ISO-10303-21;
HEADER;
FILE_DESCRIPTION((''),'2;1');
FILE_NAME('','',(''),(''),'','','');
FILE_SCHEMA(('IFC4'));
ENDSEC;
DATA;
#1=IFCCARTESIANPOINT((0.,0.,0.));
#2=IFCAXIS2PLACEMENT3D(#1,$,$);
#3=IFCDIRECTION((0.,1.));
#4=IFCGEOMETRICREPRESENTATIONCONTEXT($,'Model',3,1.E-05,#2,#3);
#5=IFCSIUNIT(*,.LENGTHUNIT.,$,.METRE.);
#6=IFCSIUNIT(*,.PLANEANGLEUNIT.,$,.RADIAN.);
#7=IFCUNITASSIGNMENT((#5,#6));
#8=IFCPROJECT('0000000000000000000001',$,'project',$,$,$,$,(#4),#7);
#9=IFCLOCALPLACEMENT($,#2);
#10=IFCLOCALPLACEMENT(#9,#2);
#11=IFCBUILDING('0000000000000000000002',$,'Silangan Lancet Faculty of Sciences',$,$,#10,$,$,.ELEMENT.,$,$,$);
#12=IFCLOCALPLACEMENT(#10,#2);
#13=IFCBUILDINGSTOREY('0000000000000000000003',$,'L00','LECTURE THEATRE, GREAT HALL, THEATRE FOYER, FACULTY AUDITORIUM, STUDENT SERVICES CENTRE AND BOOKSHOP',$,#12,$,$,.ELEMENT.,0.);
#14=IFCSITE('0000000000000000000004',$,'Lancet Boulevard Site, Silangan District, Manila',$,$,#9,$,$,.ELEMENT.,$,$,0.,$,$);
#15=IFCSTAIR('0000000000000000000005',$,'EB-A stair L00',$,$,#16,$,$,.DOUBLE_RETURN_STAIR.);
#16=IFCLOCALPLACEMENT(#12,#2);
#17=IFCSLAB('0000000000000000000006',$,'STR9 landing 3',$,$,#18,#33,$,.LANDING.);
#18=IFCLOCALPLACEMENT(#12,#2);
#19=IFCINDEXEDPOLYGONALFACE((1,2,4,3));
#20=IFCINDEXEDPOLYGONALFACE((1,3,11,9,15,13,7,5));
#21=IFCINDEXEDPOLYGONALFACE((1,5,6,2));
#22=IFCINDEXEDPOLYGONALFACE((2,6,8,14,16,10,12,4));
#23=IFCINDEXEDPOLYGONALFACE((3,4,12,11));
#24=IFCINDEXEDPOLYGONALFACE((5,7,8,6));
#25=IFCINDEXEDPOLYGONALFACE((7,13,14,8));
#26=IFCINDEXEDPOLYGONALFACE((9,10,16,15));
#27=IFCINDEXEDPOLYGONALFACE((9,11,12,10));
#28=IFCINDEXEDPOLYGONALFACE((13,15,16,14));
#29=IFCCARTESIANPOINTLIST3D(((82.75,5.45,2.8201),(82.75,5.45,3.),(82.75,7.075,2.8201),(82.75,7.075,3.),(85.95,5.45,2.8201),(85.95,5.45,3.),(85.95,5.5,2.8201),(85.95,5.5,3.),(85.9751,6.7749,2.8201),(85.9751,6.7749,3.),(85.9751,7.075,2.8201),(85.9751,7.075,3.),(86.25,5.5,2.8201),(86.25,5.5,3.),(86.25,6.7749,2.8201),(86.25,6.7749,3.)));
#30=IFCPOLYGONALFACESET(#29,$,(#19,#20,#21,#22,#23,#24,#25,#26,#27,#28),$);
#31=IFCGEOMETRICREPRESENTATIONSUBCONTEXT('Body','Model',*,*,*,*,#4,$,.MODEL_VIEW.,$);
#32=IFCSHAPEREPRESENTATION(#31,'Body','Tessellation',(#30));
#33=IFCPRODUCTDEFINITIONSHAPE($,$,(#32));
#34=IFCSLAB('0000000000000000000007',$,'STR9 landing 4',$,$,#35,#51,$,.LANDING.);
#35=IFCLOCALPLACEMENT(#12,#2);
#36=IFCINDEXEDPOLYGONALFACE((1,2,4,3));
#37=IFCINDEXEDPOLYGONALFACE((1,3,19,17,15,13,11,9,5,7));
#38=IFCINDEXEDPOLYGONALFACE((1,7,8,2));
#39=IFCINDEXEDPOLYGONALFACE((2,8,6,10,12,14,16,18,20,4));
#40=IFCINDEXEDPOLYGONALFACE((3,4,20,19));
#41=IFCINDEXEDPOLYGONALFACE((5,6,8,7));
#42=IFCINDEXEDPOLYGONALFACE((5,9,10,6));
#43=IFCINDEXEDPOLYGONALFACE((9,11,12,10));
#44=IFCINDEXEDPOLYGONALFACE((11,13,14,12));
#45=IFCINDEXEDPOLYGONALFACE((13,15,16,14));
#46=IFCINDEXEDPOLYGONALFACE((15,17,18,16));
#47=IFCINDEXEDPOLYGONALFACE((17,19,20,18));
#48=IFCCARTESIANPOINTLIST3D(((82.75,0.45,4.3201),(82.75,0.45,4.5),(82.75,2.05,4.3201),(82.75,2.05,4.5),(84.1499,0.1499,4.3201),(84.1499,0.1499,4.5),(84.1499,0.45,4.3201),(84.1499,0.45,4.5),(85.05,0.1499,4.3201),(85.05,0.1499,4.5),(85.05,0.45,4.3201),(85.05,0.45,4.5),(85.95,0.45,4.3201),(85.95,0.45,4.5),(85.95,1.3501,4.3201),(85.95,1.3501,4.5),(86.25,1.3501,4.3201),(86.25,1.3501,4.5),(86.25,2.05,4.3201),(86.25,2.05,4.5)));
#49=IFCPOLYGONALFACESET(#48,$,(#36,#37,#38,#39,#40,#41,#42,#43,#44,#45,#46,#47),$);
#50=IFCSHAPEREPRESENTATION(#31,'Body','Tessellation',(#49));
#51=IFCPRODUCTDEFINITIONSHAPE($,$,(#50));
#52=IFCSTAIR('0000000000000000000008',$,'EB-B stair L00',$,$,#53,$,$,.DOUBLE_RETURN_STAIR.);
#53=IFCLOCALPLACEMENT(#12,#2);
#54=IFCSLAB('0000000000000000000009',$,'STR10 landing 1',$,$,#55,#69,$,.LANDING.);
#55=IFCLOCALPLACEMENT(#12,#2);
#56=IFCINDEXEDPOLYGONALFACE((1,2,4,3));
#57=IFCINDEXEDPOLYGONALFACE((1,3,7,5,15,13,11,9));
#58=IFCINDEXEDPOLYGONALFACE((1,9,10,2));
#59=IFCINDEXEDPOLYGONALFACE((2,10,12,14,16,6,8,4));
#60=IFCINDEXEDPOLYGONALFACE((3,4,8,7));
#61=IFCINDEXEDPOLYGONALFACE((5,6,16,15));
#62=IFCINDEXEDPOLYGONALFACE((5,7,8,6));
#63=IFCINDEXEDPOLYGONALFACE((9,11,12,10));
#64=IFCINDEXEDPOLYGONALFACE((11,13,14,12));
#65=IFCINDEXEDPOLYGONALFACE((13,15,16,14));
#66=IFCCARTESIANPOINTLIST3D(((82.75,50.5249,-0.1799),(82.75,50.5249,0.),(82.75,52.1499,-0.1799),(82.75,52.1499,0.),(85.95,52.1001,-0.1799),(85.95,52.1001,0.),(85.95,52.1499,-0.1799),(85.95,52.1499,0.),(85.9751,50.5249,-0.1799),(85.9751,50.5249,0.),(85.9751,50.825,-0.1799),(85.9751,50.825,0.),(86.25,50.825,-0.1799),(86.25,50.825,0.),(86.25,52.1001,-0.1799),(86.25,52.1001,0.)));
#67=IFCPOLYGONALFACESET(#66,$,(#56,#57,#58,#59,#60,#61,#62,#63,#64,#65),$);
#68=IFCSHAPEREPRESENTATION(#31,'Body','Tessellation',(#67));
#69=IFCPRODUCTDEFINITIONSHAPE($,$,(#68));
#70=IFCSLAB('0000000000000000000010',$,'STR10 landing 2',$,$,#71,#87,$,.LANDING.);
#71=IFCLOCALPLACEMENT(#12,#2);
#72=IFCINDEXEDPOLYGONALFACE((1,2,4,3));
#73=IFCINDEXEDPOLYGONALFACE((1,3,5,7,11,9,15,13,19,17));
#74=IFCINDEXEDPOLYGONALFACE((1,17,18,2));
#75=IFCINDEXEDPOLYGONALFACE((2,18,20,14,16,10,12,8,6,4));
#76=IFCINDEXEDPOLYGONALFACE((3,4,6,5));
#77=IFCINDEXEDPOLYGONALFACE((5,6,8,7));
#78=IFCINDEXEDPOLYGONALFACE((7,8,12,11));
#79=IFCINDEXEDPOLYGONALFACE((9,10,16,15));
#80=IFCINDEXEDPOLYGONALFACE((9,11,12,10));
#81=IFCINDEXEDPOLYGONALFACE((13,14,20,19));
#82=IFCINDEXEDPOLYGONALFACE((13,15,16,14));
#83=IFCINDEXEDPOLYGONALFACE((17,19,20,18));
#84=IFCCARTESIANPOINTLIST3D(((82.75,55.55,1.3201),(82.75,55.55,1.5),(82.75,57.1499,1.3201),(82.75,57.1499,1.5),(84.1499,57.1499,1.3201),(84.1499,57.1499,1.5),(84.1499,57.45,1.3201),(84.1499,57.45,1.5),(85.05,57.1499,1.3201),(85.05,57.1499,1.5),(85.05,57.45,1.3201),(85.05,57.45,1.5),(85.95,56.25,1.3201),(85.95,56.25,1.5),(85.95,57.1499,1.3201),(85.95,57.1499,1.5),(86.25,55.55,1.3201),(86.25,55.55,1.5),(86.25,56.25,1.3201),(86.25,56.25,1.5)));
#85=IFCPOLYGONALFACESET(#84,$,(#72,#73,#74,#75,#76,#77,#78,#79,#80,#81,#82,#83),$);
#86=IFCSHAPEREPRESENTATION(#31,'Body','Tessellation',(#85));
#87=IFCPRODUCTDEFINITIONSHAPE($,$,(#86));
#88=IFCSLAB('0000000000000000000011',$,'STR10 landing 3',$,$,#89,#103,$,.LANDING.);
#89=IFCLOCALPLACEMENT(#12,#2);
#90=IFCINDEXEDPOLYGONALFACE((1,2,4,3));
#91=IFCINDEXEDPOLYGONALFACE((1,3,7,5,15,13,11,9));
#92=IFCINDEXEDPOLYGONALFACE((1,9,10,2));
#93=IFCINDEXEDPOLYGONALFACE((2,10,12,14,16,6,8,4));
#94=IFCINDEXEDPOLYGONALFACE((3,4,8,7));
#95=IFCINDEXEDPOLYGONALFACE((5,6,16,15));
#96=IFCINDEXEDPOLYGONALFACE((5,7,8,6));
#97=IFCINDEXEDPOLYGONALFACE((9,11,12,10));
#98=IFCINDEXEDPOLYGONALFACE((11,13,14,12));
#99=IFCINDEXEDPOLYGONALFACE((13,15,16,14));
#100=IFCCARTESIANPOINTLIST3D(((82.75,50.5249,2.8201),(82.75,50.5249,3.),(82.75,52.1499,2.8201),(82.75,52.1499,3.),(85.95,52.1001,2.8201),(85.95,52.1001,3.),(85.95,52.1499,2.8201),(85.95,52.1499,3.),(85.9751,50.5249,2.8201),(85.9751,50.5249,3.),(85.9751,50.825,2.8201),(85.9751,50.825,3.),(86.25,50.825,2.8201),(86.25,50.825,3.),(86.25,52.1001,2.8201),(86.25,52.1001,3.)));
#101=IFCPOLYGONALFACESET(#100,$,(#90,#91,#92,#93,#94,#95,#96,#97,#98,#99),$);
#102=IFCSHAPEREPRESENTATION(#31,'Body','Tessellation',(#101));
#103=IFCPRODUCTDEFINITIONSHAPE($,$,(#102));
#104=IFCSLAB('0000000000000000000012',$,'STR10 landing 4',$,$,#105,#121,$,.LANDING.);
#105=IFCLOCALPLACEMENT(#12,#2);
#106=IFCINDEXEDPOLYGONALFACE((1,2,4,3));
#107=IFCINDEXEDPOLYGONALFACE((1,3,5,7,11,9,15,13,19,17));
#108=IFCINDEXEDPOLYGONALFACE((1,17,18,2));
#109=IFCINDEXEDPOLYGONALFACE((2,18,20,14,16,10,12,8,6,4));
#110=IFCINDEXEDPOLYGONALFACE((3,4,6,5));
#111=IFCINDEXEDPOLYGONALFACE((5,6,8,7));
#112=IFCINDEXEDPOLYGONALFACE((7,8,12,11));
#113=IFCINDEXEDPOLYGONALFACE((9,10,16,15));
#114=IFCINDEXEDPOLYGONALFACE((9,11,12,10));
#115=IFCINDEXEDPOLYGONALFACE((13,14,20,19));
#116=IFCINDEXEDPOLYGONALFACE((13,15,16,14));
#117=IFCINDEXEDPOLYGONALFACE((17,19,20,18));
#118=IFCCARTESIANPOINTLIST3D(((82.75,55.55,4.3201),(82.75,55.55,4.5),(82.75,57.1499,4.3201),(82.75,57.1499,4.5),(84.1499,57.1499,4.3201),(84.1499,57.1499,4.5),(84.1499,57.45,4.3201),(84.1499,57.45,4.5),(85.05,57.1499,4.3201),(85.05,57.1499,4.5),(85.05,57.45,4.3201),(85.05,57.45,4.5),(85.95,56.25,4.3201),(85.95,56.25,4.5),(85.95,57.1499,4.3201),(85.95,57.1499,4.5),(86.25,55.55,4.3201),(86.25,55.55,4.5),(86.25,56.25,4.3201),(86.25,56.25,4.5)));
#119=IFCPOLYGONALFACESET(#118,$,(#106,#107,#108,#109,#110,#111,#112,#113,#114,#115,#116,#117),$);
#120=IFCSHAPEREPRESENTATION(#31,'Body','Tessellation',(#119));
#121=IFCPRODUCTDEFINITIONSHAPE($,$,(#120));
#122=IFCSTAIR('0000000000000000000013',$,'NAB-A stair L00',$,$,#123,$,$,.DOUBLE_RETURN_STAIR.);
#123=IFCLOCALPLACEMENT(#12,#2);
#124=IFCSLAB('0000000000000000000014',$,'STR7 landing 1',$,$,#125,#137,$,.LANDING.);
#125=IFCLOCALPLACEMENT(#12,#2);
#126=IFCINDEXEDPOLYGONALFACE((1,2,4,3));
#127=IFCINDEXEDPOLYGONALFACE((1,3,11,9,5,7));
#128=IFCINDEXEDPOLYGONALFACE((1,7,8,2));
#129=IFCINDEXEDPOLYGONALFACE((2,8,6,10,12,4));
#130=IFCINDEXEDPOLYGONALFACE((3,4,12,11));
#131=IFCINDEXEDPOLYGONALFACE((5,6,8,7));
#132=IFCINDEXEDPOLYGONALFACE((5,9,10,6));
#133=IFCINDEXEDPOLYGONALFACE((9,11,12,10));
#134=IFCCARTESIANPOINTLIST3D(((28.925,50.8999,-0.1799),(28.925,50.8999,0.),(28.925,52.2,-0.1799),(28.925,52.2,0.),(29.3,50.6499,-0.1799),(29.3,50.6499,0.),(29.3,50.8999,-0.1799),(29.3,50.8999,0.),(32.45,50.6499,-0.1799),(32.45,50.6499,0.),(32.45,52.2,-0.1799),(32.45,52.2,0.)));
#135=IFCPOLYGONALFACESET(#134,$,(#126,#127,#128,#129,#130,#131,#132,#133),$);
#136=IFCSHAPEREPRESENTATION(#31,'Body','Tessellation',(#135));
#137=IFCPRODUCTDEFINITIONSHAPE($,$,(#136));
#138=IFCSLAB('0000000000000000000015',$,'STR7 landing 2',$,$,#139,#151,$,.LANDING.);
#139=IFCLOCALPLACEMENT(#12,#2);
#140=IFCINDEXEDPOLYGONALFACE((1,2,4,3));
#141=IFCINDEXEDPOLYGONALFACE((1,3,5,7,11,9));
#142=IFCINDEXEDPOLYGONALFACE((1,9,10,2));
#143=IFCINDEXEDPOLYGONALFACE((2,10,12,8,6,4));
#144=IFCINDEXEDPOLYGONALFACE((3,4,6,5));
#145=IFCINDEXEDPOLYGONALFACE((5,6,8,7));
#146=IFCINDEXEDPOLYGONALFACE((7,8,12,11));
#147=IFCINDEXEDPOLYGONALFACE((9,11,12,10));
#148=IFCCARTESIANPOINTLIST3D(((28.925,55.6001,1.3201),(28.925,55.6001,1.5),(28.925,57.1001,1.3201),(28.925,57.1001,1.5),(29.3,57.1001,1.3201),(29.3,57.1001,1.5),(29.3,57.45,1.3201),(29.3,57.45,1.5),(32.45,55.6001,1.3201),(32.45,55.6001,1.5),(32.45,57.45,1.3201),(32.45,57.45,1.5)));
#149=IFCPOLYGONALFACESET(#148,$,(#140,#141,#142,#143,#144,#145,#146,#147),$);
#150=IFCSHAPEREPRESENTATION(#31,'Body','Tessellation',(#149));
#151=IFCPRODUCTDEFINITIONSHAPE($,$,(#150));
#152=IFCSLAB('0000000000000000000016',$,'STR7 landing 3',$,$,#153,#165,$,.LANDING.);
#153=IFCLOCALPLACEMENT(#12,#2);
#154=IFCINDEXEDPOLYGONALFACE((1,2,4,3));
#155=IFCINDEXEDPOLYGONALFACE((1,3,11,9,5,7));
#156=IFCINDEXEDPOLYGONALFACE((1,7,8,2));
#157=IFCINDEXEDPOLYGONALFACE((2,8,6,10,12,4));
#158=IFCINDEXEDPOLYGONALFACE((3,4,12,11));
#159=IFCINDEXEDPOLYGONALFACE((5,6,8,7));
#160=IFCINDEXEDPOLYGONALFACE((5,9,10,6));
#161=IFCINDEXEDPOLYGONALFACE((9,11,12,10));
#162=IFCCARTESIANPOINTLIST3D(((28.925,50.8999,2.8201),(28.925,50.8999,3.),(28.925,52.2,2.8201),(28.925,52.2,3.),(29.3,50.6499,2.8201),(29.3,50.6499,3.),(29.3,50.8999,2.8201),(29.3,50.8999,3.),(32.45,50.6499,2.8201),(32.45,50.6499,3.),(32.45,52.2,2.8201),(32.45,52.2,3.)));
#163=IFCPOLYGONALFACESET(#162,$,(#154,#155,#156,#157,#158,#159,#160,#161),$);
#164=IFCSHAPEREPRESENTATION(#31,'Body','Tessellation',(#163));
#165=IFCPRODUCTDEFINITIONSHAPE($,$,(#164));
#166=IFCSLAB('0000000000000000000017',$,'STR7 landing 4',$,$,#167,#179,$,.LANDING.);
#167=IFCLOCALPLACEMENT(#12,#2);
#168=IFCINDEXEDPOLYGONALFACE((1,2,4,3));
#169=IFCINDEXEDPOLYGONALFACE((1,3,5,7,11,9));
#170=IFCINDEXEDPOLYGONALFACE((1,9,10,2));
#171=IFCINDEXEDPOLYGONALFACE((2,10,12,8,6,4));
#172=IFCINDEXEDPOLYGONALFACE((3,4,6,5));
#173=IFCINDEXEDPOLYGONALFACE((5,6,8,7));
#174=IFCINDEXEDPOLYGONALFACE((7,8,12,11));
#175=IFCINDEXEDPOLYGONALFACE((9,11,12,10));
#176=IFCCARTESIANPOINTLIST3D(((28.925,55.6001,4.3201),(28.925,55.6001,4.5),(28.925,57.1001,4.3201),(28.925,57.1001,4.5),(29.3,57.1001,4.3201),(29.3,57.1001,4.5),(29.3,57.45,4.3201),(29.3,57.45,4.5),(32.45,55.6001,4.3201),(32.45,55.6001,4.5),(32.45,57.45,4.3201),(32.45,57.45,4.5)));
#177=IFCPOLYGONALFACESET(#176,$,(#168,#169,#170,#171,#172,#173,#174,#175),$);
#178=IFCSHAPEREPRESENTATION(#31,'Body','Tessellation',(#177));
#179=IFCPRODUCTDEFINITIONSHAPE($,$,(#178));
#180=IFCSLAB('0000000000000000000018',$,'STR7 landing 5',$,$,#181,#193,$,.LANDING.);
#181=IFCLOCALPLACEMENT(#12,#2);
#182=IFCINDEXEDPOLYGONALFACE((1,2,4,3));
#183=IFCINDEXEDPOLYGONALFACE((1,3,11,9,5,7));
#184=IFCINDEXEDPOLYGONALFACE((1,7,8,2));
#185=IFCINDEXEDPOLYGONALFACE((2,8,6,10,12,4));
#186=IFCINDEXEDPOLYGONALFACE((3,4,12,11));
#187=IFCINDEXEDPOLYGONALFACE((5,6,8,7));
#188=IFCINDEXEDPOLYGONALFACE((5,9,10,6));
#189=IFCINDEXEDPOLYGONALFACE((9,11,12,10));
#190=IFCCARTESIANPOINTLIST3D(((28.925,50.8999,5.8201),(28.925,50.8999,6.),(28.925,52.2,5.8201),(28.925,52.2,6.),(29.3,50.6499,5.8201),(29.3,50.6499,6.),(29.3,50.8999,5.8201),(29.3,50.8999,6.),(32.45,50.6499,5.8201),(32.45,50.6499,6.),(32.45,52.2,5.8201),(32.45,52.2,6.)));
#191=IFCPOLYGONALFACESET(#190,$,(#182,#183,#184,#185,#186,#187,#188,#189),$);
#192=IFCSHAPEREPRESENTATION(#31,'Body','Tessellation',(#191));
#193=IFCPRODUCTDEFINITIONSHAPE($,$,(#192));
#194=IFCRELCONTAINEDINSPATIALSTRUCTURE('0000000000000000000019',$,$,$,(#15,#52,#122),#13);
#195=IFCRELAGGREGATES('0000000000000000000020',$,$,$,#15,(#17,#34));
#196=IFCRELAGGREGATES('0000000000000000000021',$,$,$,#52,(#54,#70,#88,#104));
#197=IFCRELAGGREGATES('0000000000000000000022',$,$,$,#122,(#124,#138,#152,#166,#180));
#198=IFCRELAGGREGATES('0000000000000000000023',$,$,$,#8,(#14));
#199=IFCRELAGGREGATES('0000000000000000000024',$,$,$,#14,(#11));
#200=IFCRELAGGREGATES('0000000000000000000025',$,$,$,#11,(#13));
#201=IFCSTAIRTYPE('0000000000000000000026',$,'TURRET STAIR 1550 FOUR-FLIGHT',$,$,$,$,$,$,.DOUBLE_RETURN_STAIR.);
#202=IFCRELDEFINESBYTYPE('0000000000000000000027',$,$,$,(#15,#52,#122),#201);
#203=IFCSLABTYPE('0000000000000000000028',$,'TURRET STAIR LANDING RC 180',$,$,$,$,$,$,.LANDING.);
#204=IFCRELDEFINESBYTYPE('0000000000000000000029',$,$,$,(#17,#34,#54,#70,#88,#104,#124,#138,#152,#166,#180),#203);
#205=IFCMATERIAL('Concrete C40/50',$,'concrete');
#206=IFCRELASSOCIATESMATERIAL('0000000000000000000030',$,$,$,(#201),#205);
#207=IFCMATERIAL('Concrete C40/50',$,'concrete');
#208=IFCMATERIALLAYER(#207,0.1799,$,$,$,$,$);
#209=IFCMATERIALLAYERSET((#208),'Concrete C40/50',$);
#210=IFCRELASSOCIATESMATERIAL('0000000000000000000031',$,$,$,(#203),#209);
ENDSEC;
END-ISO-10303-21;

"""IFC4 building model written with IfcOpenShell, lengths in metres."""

from ifc_helpers import new_model, si_unit, direction, frame, origin, place, context, subcontext, project, spatial, polyline, outline, extrude, material, layer, layer_set, type_object, element, aggregate, save


model = new_model("IFC4")

# Units and contexts
model_context = context("Model", 3, precision=1e-05, world=origin(), true_north=direction((0.0, 1.0)))
body_context = subcontext(model_context, "Body", "Model", "MODEL_VIEW")
ifc_project = project(units=[si_unit("LENGTHUNIT", "METRE"), si_unit("PLANEANGLEUNIT", "RADIAN")], contexts=[model_context])

# Site, building, storey
site_placement = place(None, origin())
site = spatial("IfcSite", under=ifc_project, at=site_placement, Name="Lancet Boulevard Site, Silangan District, Manila", CompositionType="ELEMENT", RefElevation=0.0)
building_placement = place(site_placement, origin())
building = spatial("IfcBuilding", under=site, at=building_placement, Name="Silangan Lancet Faculty of Sciences", CompositionType="ELEMENT")
storey_placement = place(building_placement, origin())
storey = spatial("IfcBuildingStorey", under=building, at=storey_placement, Name="L00", Description="LECTURE THEATRE, GREAT HALL, THEATRE FOYER, FACULTY AUDITORIUM, STUDENT SERVICES CENTRE AND BOOKSHOP", CompositionType="ELEMENT", Elevation=0.0)

# Stairs, slabs
ifc_material_1 = material(Name="Concrete C40/50", Category="concrete")
stair_type = type_object("IfcStairType", Name="TURRET STAIR 1550 FOUR-FLIGHT", PredefinedType="DOUBLE_RETURN_STAIR", material=ifc_material_1)
stair_1_placement = place(storey_placement, origin())
stair_1 = element("IfcStair", 1, at=stair_1_placement, inside=storey, type_object=stair_type, Name="EB-A stair L00", PredefinedType="DOUBLE_RETURN_STAIR")
ifc_material_2 = material(Name="Concrete C40/50", Category="concrete")
ifc_layer_1 = layer(ifc_material_2, 0.1799)
ifc_layer_set_1 = layer_set([ifc_layer_1], Name="Concrete C40/50")
slab_type_1 = type_object("IfcSlabType", Name="TURRET STAIR LANDING RC 180", PredefinedType="LANDING", material=ifc_layer_set_1)
slab_1_placement = place(storey_placement, frame((0.0, 0.0, 2.8201)))
slab_1 = element("IfcSlab", 2, at=slab_1_placement, type_object=slab_type_1, Name="STR9 landing 3", PredefinedType="LANDING", context=body_context, shape_type="SweptSolid", body=[
    extrude(outline(polyline([(85.9751, 7.075), (85.9751, 6.7749), (86.25, 6.7749), (86.25, 5.5), (85.95, 5.5), (85.95, 5.45), (82.75, 5.45), (82.75, 7.075), (85.9751, 7.075)])), origin(), (0.0, 0.0, 1.0), 0.1799),
])
slab_2_placement = place(storey_placement, frame((0.0, 0.0, 4.3201)))
slab_2 = element("IfcSlab", 3, at=slab_2_placement, type_object=slab_type_1, Name="STR9 landing 4", PredefinedType="LANDING", context=body_context, shape_type="SweptSolid", body=[
    extrude(outline(polyline([(84.1499, 0.1499), (84.1499, 0.45), (82.75, 0.45), (82.75, 2.05), (86.25, 2.05), (86.25, 1.3501), (85.95, 1.3501), (85.95, 0.45), (85.05, 0.45), (85.05, 0.1499), (84.1499, 0.1499)])), origin(), (0.0, 0.0, 1.0), 0.1799),
])
aggregate(stair_1, [slab_1, slab_2])
stair_2_placement = place(storey_placement, origin())
stair_2 = element("IfcStair", 4, at=stair_2_placement, inside=storey, type_object=stair_type, Name="EB-B stair L00", PredefinedType="DOUBLE_RETURN_STAIR")
slab_3_placement = place(storey_placement, frame((0.0, 0.0, -0.1799)))
slab_3 = element("IfcSlab", 5, at=slab_3_placement, type_object=slab_type_1, Name="STR10 landing 1", PredefinedType="LANDING", context=body_context, shape_type="SweptSolid", body=[
    extrude(outline(polyline([(85.95, 52.1499), (85.95, 52.1001), (86.25, 52.1001), (86.25, 50.825), (85.9751, 50.825), (85.9751, 50.5249), (82.75, 50.5249), (82.75, 52.1499), (85.95, 52.1499)])), origin(), (0.0, 0.0, 1.0), 0.1799),
])
slab_4_placement = place(storey_placement, frame((0.0, 0.0, 1.3201)))
slab_4 = element("IfcSlab", 6, at=slab_4_placement, type_object=slab_type_1, Name="STR10 landing 2", PredefinedType="LANDING", context=body_context, shape_type="SweptSolid", body=[
    extrude(outline(polyline([(84.1499, 57.1499), (84.1499, 57.45), (85.05, 57.45), (85.05, 57.1499), (85.95, 57.1499), (85.95, 56.25), (86.25, 56.25), (86.25, 55.55), (82.75, 55.55), (82.75, 57.1499), (84.1499, 57.1499)])), origin(), (0.0, 0.0, 1.0), 0.1799),
])
slab_5_placement = place(storey_placement, frame((0.0, 0.0, 2.8201)))
slab_5 = element("IfcSlab", 7, at=slab_5_placement, type_object=slab_type_1, Name="STR10 landing 3", PredefinedType="LANDING", context=body_context, shape_type="SweptSolid", body=[
    extrude(outline(polyline([(85.95, 52.1499), (85.95, 52.1001), (86.25, 52.1001), (86.25, 50.825), (85.9751, 50.825), (85.9751, 50.5249), (82.75, 50.5249), (82.75, 52.1499), (85.95, 52.1499)])), origin(), (0.0, 0.0, 1.0), 0.1799),
])
slab_6_placement = place(storey_placement, frame((0.0, 0.0, 4.3201)))
slab_6 = element("IfcSlab", 8, at=slab_6_placement, type_object=slab_type_1, Name="STR10 landing 4", PredefinedType="LANDING", context=body_context, shape_type="SweptSolid", body=[
    extrude(outline(polyline([(84.1499, 57.1499), (84.1499, 57.45), (85.05, 57.45), (85.05, 57.1499), (85.95, 57.1499), (85.95, 56.25), (86.25, 56.25), (86.25, 55.55), (82.75, 55.55), (82.75, 57.1499), (84.1499, 57.1499)])), origin(), (0.0, 0.0, 1.0), 0.1799),
])
aggregate(stair_2, [slab_3, slab_4, slab_5, slab_6])
stair_3_placement = place(storey_placement, origin())
stair_3 = element("IfcStair", 9, at=stair_3_placement, inside=storey, type_object=stair_type, Name="NAB-A stair L00", PredefinedType="DOUBLE_RETURN_STAIR")
slab_7_placement = place(storey_placement, frame((0.0, 0.0, -0.1799)))
slab_7 = element("IfcSlab", 10, at=slab_7_placement, type_object=slab_type_1, Name="STR7 landing 1", PredefinedType="LANDING", context=body_context, shape_type="SweptSolid", body=[
    extrude(outline(polyline([(32.45, 52.2), (32.45, 50.6499), (29.3, 50.6499), (29.3, 50.8999), (28.925, 50.8999), (28.925, 52.2), (32.45, 52.2)])), origin(), (0.0, 0.0, 1.0), 0.1799),
])
slab_8_placement = place(storey_placement, frame((0.0, 0.0, 1.3201)))
slab_8 = element("IfcSlab", 11, at=slab_8_placement, type_object=slab_type_1, Name="STR7 landing 2", PredefinedType="LANDING", context=body_context, shape_type="SweptSolid", body=[
    extrude(outline(polyline([(28.925, 55.6001), (28.925, 57.1001), (29.3, 57.1001), (29.3, 57.45), (32.45, 57.45), (32.45, 55.6001), (28.925, 55.6001)])), origin(), (0.0, 0.0, 1.0), 0.1799),
])
slab_9_placement = place(storey_placement, frame((0.0, 0.0, 2.8201)))
slab_9 = element("IfcSlab", 12, at=slab_9_placement, type_object=slab_type_1, Name="STR7 landing 3", PredefinedType="LANDING", context=body_context, shape_type="SweptSolid", body=[
    extrude(outline(polyline([(32.45, 52.2), (32.45, 50.6499), (29.3, 50.6499), (29.3, 50.8999), (28.925, 50.8999), (28.925, 52.2), (32.45, 52.2)])), origin(), (0.0, 0.0, 1.0), 0.1799),
])
slab_10_placement = place(storey_placement, frame((0.0, 0.0, 4.3201)))
slab_10 = element("IfcSlab", 13, at=slab_10_placement, type_object=slab_type_1, Name="STR7 landing 4", PredefinedType="LANDING", context=body_context, shape_type="SweptSolid", body=[
    extrude(outline(polyline([(28.925, 55.6001), (28.925, 57.1001), (29.3, 57.1001), (29.3, 57.45), (32.45, 57.45), (32.45, 55.6001), (28.925, 55.6001)])), origin(), (0.0, 0.0, 1.0), 0.1799),
])
slab_11_placement = place(storey_placement, frame((0.0, 0.0, 5.8201)))
slab_11 = element("IfcSlab", 14, at=slab_11_placement, type_object=slab_type_1, Name="STR7 landing 5", PredefinedType="LANDING", context=body_context, shape_type="SweptSolid", body=[
    extrude(outline(polyline([(32.45, 52.2), (32.45, 50.6499), (29.3, 50.6499), (29.3, 50.8999), (28.925, 50.8999), (28.925, 52.2), (32.45, 52.2)])), origin(), (0.0, 0.0, 1.0), 0.1799),
])
aggregate(stair_3, [slab_7, slab_8, slab_9, slab_10, slab_11])

save(model, "model.ifc")
